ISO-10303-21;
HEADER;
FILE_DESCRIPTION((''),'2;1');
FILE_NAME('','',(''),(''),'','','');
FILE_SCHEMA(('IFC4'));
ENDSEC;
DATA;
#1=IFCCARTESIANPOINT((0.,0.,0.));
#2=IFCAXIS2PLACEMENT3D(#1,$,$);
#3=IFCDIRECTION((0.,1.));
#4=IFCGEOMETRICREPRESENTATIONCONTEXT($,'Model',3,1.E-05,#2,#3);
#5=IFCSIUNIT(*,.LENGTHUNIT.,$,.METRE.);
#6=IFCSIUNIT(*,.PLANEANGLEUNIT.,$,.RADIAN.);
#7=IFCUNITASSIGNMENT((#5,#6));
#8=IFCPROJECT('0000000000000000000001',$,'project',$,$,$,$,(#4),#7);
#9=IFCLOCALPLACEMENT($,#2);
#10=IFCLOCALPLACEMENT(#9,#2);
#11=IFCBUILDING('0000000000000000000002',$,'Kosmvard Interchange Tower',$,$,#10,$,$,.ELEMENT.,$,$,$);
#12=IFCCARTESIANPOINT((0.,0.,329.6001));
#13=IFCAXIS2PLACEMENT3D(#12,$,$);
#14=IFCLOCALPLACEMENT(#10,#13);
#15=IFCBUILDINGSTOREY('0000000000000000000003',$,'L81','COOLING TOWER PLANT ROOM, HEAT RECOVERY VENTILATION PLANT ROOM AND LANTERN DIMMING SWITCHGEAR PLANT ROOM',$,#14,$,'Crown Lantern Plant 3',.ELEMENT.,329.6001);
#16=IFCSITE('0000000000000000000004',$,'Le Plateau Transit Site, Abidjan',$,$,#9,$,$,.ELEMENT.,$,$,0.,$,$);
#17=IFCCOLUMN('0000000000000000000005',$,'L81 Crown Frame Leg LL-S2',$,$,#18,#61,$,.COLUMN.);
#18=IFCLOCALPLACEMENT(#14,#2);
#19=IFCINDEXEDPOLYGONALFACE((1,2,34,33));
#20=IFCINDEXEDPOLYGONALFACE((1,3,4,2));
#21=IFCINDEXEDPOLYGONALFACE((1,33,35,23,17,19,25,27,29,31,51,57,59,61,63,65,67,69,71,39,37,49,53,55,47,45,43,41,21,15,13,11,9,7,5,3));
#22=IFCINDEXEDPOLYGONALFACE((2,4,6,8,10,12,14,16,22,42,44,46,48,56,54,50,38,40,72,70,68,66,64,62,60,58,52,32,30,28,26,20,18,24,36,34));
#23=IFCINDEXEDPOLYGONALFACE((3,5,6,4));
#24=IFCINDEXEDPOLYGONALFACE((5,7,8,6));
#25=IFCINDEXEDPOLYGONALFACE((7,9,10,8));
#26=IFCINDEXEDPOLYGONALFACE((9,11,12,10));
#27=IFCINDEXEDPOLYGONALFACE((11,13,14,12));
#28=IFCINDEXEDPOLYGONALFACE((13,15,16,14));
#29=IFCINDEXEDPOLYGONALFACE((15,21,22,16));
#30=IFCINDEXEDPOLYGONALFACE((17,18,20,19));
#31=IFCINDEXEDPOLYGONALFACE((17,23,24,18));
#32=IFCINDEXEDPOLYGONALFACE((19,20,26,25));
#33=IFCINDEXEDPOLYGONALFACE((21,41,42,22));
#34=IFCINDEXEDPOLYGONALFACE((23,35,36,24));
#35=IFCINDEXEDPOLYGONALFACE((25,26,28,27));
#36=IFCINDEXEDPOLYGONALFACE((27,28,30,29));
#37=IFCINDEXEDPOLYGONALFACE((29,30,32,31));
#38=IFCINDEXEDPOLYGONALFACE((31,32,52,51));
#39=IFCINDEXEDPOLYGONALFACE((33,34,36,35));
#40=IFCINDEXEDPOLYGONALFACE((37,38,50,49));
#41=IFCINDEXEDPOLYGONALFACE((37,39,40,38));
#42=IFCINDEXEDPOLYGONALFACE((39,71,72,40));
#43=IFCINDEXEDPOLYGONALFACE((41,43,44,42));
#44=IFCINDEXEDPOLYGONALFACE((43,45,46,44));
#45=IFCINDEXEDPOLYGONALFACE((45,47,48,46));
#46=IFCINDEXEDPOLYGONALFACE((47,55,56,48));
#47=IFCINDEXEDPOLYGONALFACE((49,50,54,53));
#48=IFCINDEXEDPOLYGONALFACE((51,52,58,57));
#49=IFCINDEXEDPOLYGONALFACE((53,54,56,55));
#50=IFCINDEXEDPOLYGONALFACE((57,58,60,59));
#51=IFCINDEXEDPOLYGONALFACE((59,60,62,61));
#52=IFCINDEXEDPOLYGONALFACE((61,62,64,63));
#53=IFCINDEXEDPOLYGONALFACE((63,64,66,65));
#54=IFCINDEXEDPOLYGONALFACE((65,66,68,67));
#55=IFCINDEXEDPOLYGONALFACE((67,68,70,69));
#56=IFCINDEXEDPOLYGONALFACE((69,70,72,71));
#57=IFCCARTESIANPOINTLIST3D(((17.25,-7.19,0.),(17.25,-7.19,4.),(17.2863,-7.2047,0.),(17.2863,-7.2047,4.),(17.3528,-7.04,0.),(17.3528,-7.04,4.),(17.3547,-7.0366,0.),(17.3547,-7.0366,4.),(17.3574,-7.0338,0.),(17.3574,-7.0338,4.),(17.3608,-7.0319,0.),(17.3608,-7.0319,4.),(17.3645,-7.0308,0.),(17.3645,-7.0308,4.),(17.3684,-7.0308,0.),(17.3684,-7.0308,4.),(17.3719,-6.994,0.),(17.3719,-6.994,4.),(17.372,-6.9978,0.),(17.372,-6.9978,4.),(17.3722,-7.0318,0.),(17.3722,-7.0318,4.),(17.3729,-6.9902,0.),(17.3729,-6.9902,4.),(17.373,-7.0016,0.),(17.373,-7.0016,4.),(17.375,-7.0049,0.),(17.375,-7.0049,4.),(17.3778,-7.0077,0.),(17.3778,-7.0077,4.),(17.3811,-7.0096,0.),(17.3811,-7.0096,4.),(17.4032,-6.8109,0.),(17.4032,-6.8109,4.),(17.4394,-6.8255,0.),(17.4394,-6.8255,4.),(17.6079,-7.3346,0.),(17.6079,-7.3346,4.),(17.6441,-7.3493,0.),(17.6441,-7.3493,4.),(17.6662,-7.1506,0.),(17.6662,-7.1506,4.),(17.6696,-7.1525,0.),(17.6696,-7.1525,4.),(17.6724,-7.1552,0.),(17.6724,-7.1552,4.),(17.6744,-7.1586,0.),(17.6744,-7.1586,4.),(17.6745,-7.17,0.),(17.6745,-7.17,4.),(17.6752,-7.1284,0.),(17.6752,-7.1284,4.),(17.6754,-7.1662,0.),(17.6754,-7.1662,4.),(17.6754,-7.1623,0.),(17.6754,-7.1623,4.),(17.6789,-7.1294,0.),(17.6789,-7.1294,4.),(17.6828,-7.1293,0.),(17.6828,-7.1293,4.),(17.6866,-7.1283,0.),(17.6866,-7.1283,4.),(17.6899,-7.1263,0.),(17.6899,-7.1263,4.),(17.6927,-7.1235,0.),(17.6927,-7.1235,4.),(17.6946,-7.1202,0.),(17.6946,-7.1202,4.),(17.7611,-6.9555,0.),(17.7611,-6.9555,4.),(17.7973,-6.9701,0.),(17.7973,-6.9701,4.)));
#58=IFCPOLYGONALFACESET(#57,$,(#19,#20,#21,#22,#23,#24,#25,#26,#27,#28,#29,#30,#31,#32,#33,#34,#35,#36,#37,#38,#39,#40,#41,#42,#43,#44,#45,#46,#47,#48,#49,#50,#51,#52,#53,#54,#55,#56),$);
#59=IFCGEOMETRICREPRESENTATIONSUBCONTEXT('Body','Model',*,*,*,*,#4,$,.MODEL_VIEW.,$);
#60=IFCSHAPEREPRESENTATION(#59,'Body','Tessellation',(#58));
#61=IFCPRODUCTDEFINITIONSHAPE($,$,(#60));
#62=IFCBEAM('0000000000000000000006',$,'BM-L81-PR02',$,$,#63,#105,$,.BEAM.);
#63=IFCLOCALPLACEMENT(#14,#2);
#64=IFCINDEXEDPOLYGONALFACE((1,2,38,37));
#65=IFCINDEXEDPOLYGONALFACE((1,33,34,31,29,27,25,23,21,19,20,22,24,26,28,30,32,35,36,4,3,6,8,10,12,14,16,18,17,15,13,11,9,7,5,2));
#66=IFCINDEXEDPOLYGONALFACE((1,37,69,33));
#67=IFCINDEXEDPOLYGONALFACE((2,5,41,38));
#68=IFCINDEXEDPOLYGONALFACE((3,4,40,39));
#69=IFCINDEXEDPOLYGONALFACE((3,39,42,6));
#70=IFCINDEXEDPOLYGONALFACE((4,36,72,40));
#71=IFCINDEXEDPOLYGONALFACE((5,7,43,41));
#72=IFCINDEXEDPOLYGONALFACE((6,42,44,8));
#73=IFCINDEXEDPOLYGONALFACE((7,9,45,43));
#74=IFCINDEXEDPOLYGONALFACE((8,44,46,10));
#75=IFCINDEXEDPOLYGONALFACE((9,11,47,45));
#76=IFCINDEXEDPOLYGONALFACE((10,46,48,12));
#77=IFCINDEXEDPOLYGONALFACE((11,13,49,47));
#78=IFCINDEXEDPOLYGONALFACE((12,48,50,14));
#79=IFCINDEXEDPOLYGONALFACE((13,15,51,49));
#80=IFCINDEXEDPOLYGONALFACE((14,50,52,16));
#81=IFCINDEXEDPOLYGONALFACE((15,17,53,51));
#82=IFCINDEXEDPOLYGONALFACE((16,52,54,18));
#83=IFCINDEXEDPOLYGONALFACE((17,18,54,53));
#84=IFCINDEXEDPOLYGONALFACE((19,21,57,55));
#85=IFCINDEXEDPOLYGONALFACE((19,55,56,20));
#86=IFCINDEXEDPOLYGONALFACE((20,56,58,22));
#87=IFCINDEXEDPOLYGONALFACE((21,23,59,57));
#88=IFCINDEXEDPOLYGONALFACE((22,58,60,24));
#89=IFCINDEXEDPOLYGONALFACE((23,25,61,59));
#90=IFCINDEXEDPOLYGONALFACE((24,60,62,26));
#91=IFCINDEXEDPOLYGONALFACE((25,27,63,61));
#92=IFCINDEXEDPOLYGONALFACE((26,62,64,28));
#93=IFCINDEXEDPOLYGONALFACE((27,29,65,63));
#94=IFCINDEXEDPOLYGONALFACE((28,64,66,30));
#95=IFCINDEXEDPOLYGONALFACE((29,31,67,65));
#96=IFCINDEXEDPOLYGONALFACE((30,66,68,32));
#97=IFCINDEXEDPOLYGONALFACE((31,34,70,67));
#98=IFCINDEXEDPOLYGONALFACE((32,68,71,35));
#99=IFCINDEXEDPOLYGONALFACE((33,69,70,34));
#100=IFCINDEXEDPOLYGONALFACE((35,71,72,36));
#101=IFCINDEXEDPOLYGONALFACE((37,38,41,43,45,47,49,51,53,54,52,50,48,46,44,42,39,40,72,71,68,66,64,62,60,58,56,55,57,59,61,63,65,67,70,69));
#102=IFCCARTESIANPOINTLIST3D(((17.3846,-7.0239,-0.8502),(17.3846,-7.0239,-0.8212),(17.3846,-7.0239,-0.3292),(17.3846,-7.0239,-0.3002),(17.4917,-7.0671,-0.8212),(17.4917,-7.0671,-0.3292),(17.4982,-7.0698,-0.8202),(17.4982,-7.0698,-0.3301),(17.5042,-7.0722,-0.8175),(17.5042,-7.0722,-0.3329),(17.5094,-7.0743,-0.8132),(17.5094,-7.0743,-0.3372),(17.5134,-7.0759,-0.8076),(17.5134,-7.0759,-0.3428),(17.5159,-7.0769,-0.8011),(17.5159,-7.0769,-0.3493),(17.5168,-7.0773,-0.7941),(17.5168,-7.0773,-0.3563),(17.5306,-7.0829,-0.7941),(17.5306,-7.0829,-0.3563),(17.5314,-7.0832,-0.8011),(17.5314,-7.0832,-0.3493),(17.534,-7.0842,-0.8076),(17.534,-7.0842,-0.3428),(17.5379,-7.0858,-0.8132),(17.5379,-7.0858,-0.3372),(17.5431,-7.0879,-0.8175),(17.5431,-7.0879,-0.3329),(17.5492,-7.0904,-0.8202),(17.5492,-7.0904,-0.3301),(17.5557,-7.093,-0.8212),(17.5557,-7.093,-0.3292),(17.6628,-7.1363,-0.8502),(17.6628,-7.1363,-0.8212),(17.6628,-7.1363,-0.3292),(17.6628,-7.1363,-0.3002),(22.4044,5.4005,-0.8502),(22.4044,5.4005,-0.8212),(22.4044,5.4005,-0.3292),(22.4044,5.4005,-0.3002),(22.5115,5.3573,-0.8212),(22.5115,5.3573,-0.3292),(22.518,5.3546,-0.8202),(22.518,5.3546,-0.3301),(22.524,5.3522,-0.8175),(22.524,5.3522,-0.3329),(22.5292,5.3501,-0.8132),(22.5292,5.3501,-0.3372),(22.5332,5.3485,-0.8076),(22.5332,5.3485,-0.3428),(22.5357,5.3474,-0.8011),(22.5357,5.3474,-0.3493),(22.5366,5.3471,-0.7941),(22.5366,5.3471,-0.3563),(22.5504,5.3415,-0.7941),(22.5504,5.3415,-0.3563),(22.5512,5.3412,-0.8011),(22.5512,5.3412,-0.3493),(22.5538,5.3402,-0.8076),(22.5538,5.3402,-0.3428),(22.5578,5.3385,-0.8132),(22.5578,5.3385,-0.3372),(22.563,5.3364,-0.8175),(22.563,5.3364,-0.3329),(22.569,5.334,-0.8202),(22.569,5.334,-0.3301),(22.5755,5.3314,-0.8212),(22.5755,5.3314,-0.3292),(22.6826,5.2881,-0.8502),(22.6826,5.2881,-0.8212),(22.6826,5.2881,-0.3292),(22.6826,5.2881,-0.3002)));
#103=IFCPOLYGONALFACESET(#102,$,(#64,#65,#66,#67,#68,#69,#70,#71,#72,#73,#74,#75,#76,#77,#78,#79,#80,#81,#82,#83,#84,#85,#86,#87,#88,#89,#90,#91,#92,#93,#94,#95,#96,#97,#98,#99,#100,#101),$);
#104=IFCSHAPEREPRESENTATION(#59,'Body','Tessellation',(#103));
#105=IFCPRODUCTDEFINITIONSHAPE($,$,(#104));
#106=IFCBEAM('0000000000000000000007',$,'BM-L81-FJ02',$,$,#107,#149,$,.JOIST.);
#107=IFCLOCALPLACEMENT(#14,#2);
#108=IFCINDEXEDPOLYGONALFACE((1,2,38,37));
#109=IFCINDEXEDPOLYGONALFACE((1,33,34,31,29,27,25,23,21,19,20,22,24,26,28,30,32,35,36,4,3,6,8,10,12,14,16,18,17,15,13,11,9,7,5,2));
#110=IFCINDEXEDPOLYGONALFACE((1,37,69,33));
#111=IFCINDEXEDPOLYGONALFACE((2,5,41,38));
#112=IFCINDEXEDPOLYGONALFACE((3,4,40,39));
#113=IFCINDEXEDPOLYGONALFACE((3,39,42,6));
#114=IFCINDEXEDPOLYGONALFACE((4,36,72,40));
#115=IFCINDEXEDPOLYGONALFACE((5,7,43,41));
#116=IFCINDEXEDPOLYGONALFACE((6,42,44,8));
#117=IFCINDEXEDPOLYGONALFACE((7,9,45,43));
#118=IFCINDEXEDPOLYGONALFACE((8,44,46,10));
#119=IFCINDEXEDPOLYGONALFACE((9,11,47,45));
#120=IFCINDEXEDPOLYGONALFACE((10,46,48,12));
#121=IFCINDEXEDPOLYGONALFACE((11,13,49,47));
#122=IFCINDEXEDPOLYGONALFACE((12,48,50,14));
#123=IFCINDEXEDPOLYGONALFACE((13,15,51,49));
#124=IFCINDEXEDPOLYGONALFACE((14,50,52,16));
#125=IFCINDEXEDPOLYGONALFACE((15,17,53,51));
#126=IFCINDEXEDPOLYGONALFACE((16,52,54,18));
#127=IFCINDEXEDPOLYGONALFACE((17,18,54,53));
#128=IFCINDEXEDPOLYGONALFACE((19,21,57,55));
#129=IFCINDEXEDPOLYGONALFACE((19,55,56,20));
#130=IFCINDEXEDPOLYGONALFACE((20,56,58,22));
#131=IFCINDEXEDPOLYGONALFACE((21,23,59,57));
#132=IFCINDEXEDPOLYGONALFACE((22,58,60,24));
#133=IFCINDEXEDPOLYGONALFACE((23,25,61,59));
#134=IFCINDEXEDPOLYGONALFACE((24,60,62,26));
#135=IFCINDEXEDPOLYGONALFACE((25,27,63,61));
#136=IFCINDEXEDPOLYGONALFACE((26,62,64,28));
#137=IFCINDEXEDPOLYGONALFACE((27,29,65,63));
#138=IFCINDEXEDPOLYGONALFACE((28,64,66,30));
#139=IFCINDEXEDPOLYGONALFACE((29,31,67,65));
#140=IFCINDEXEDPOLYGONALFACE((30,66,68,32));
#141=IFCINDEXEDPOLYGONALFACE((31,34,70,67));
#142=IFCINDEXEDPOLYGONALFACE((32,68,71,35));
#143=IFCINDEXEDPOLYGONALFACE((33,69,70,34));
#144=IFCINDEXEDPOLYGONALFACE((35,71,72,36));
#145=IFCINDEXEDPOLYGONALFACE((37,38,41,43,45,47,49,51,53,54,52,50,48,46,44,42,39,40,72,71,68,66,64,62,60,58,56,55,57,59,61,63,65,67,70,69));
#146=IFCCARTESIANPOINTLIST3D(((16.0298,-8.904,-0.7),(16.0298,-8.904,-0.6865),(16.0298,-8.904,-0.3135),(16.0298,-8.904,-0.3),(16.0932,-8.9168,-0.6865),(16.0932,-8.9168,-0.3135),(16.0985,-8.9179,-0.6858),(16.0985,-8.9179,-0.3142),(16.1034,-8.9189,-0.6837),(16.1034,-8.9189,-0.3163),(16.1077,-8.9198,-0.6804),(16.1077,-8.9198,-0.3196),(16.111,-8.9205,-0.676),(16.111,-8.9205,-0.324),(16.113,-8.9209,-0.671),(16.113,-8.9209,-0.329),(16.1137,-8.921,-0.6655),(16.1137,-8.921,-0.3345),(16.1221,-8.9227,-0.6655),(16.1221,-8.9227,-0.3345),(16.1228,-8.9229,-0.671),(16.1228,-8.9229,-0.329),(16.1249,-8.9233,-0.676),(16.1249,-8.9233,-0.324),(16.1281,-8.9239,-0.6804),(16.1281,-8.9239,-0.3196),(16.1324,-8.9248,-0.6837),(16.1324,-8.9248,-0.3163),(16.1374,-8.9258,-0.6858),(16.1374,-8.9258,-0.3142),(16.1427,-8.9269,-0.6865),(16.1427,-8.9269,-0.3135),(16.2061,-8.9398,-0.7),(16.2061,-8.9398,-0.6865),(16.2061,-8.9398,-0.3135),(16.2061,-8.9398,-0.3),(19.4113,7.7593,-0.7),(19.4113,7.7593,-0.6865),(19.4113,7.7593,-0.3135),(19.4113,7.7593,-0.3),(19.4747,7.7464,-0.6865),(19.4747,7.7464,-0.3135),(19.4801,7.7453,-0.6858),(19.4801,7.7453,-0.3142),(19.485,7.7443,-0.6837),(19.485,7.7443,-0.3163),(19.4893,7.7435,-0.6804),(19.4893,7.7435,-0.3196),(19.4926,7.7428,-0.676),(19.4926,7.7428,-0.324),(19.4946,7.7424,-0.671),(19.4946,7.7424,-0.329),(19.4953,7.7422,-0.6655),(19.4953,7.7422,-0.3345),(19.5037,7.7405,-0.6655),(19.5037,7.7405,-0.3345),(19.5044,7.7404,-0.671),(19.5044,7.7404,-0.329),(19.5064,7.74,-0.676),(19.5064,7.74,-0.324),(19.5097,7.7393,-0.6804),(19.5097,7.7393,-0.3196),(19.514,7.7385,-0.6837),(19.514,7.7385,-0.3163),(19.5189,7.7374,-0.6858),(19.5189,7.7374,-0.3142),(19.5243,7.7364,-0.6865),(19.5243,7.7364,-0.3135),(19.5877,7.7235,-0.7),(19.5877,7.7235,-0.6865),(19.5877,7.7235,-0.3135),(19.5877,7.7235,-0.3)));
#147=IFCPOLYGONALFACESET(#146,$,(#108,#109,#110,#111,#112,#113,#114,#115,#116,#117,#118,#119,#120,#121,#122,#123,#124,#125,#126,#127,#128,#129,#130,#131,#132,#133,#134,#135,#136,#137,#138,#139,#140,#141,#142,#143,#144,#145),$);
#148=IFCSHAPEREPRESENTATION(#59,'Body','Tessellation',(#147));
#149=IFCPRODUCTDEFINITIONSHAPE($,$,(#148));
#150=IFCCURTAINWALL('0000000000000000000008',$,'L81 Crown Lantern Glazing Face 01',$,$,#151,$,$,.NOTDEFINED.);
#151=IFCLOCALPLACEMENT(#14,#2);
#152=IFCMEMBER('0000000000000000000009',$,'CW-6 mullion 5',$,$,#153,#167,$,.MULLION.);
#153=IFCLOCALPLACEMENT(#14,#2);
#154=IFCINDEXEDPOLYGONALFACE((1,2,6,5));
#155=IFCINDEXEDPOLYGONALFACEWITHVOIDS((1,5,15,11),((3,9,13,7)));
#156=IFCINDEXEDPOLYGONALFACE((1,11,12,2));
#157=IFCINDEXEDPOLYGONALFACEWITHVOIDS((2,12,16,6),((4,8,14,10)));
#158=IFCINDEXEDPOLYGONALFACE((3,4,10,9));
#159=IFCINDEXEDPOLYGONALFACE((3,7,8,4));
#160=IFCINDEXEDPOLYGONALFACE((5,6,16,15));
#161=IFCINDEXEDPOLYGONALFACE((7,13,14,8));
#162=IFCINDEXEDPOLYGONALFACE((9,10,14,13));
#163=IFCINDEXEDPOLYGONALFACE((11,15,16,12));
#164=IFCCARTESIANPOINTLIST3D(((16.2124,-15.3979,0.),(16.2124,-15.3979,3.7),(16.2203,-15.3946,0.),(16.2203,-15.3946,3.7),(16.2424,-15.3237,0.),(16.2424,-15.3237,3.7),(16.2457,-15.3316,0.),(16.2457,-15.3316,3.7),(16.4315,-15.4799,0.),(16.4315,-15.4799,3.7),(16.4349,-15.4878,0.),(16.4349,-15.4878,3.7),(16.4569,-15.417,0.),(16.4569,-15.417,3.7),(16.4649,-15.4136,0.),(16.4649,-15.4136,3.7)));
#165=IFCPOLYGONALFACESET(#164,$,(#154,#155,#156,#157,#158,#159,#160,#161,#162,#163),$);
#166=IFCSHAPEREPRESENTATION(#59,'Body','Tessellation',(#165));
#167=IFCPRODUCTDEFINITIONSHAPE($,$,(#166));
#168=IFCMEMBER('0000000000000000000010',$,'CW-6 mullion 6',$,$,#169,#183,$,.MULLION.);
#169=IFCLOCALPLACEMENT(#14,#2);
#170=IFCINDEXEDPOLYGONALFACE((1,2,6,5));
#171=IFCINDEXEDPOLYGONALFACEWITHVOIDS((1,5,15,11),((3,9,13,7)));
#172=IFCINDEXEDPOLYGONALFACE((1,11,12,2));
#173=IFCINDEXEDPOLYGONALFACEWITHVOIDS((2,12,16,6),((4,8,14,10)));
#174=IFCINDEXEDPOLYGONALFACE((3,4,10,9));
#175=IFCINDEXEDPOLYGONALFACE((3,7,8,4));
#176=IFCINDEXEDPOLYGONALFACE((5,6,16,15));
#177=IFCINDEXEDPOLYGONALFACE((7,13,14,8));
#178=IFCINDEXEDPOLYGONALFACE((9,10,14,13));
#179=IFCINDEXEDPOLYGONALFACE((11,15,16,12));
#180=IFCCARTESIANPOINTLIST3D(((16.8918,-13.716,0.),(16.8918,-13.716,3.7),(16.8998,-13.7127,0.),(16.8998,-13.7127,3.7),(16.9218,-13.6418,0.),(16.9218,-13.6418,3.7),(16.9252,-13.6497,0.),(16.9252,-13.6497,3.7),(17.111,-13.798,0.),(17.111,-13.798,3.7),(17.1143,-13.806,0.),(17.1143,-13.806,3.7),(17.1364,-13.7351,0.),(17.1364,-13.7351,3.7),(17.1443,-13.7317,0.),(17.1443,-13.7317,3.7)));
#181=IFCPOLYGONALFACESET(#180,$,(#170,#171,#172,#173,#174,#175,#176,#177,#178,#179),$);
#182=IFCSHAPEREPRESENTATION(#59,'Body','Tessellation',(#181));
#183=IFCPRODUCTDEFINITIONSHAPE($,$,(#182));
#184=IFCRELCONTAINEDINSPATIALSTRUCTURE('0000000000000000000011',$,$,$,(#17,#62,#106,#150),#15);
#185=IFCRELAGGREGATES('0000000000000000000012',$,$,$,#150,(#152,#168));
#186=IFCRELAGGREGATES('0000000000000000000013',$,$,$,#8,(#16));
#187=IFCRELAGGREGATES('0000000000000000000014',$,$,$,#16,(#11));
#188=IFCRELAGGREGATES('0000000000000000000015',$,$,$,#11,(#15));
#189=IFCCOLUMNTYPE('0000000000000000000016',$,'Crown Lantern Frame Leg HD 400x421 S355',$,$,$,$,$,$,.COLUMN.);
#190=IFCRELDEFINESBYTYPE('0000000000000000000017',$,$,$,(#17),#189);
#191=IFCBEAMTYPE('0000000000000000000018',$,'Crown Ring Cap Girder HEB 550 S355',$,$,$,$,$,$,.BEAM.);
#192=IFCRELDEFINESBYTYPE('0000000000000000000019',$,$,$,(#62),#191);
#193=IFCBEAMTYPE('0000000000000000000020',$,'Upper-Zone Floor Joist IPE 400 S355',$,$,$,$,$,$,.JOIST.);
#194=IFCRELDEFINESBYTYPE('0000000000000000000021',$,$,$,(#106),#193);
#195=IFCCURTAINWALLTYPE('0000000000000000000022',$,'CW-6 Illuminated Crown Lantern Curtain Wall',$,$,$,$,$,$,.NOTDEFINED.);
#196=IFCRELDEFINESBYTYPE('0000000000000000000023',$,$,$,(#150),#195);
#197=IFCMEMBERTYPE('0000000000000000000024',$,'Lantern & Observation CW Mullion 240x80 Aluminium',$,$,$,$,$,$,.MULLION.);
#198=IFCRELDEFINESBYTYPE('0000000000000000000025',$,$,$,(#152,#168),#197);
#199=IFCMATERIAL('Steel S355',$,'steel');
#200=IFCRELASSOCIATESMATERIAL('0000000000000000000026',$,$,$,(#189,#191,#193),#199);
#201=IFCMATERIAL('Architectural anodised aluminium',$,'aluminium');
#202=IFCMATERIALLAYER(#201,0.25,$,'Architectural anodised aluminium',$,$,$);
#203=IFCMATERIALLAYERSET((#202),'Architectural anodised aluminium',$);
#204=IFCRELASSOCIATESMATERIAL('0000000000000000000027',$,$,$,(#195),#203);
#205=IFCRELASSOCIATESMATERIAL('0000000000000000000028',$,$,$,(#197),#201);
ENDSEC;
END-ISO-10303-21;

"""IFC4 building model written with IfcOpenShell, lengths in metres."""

from ifc_helpers import new_model, si_unit, direction, frame, origin, origin_2d, place, context, subcontext, project, spatial, hollow_rectangle, i_section, extrude, source, transform, mapped, material, layer, layer_set, material_profile, profile_set, type_object, element, aggregate, save


model = new_model("IFC4")

# Units and contexts
model_context = context("Model", 3, precision=1e-05, world=origin(), true_north=direction((0.0, 1.0)))
body_context = subcontext(model_context, "Body", "Model", "MODEL_VIEW")
ifc_project = project(units=[si_unit("LENGTHUNIT", "METRE"), si_unit("PLANEANGLEUNIT", "RADIAN")], contexts=[model_context])

# Site, building, storey
site_placement = place(None, origin())
site = spatial("IfcSite", under=ifc_project, at=site_placement, Name="Le Plateau Transit Site, Abidjan", CompositionType="ELEMENT", RefElevation=0.0)
building_placement = place(site_placement, origin())
building = spatial("IfcBuilding", under=site, at=building_placement, Name="Kosmvard Interchange Tower", CompositionType="ELEMENT")
storey_placement = place(building_placement, frame((0.0, 0.0, 329.6001)))
storey = spatial("IfcBuildingStorey", under=building, at=storey_placement, Name="L81", Description="COOLING TOWER PLANT ROOM, HEAT RECOVERY VENTILATION PLANT ROOM AND LANTERN DIMMING SWITCHGEAR PLANT ROOM", LongName="Crown Lantern Plant 3", CompositionType="ELEMENT", Elevation=329.6001)

# Column
ifc_material_1 = material(Name="Steel S355", Category="steel")
ifc_material_profile_1 = material_profile(ifc_material_1, i_section(OverallWidth=0.4089, OverallDepth=0.425, WebThickness=0.0239, FlangeThickness=0.0391, FilletRadius=0.0149, at=origin_2d()), Name="HD 400x421")
ifc_profile_set_1 = profile_set([ifc_material_profile_1], Name="Steel S355")
column_type = type_object("IfcColumnType", Name="Crown Lantern Frame Leg HD 400x421 S355", PredefinedType="COLUMN", material=ifc_profile_set_1)
shared_shape_1 = source(origin(), body_context, "Body", "SweptSolid", [
    extrude(i_section(OverallWidth=0.4089, OverallDepth=0.425, WebThickness=0.0239, FlangeThickness=0.0391, FilletRadius=0.0149, at=origin_2d()), origin(), (0.0, 0.0, 1.0), 4.0),
])
column_placement = place(storey_placement, frame((17.5237, -7.0801, 0.0), z_axis=(0.0, 0.0, 1.0), x_axis=(0.374607, 0.927184, 0.0)))
element("IfcColumn", 1, at=column_placement, inside=storey, type_object=column_type, Name="L81 Crown Frame Leg LL-S2", PredefinedType="COLUMN", context=body_context, shape_type="MappedRepresentation", body=[
    mapped(shared_shape_1, transform((0.0, 0.0, 0.0), scale=1.0)),
])

# Beams
ifc_material_profile_2 = material_profile(ifc_material_1, i_section(OverallWidth=0.3, OverallDepth=0.55, WebThickness=0.0149, FlangeThickness=0.0291, FilletRadius=0.0271, at=origin_2d()), Name="HEB 550")
ifc_profile_set_2 = profile_set([ifc_material_profile_2], Name="Steel S355")
beam_type_1 = type_object("IfcBeamType", Name="Crown Ring Cap Girder HEB 550 S355", PredefinedType="BEAM", material=ifc_profile_set_2)
shared_shape_2 = source(origin(), body_context, "Body", "SweptSolid", [
    extrude(i_section(OverallWidth=0.3, OverallDepth=0.55, WebThickness=0.0149, FlangeThickness=0.0291, FilletRadius=0.0271, at=origin_2d()), origin(), (0.0, 0.0, 1.0), 13.4001),
])
beam_1_placement = place(storey_placement, frame((17.5237, -7.0801, -0.5752), z_axis=(0.374608, 0.927183, 0.0), x_axis=(-0.927183, 0.374608, 0.0)))
element("IfcBeam", 2, at=beam_1_placement, inside=storey, type_object=beam_type_1, Name="BM-L81-PR02", PredefinedType="BEAM", context=body_context, shape_type="MappedRepresentation", body=[
    mapped(shared_shape_2, transform((0.0, 0.0, 0.0), scale=1.0)),
])
ifc_material_profile_3 = material_profile(ifc_material_1, i_section(OverallWidth=0.1799, OverallDepth=0.3999, WebThickness=0.0085, FlangeThickness=0.0134, FilletRadius=0.021, at=origin_2d()), Name="IPE 400")
ifc_profile_set_3 = profile_set([ifc_material_profile_3], Name="Steel S355")
beam_type_2 = type_object("IfcBeamType", Name="Upper-Zone Floor Joist IPE 400 S355", PredefinedType="JOIST", material=ifc_profile_set_3)
shared_shape_3 = source(origin(), body_context, "Body", "SweptSolid", [
    extrude(i_section(OverallWidth=0.1799, OverallDepth=0.3999, WebThickness=0.0085, FlangeThickness=0.0134, FilletRadius=0.021, at=origin_2d()), origin(), (0.0, 0.0, 1.0), 17.0029),
])
beam_2_placement = place(storey_placement, frame((16.1179, -8.9219, -0.5), z_axis=(0.198882, 0.980023, 0.0), x_axis=(-0.980023, 0.198882, 0.0)))
element("IfcBeam", 3, at=beam_2_placement, inside=storey, type_object=beam_type_2, Name="BM-L81-FJ02", PredefinedType="JOIST", context=body_context, shape_type="MappedRepresentation", body=[
    mapped(shared_shape_3, transform((0.0, 0.0, 0.0), scale=1.0)),
])

# Curtain wall, members
ifc_material_2 = material(Name="Architectural anodised aluminium", Category="aluminium")
ifc_layer_1 = layer(ifc_material_2, 0.25, Name="Architectural anodised aluminium")
ifc_layer_set_1 = layer_set([ifc_layer_1], Name="Architectural anodised aluminium")
curtain_wall_type = type_object("IfcCurtainWallType", Name="CW-6 Illuminated Crown Lantern Curtain Wall", PredefinedType="NOTDEFINED", material=ifc_layer_set_1)
curtain_wall_placement = place(storey_placement, origin())
curtain_wall = element("IfcCurtainWall", 4, at=curtain_wall_placement, inside=storey, type_object=curtain_wall_type, Name="L81 Crown Lantern Glazing Face 01", PredefinedType="NOTDEFINED")
ifc_material_profile_4 = material_profile(ifc_material_2, hollow_rectangle(XDim=0.24, YDim=0.0801, WallThickness=0.0061, at=origin_2d()), Name="CWM 240x80x6")
ifc_profile_set_4 = profile_set([ifc_material_profile_4], Name="Architectural anodised aluminium")
member_type_1 = type_object("IfcMemberType", Name="Lantern & Observation CW Mullion 240x80 Aluminium", PredefinedType="MULLION", material=ifc_profile_set_4)
shared_shape_4 = source(origin(), body_context, "Body", "SweptSolid", [
    extrude(hollow_rectangle(XDim=0.24, YDim=0.0801, WallThickness=0.0061, at=origin_2d()), origin(), (0.0, 0.0, 1.0), 3.7),
])
member_1_placement = place(storey_placement, frame((16.3386, -15.4058, 0.0), z_axis=(0.0, 0.0, 1.0), x_axis=(-0.927184, 0.374607, 0.0)))
member_1 = element("IfcMember", 5, at=member_1_placement, type_object=member_type_1, Name="CW-6 mullion 5", PredefinedType="MULLION", context=body_context, shape_type="MappedRepresentation", body=[
    mapped(shared_shape_4, transform((0.0, 0.0, 0.0), scale=1.0)),
])
member_2_placement = place(storey_placement, frame((17.0181, -13.7239, 0.0), z_axis=(0.0, 0.0, 1.0), x_axis=(-0.927184, 0.374607, 0.0)))
member_2 = element("IfcMember", 6, at=member_2_placement, type_object=member_type_1, Name="CW-6 mullion 6", PredefinedType="MULLION", context=body_context, shape_type="MappedRepresentation", body=[
    mapped(shared_shape_4, transform((0.0, 0.0, 0.0), scale=1.0)),
])

aggregate(curtain_wall, [member_1, member_2])

save(model, "model.ifc")
